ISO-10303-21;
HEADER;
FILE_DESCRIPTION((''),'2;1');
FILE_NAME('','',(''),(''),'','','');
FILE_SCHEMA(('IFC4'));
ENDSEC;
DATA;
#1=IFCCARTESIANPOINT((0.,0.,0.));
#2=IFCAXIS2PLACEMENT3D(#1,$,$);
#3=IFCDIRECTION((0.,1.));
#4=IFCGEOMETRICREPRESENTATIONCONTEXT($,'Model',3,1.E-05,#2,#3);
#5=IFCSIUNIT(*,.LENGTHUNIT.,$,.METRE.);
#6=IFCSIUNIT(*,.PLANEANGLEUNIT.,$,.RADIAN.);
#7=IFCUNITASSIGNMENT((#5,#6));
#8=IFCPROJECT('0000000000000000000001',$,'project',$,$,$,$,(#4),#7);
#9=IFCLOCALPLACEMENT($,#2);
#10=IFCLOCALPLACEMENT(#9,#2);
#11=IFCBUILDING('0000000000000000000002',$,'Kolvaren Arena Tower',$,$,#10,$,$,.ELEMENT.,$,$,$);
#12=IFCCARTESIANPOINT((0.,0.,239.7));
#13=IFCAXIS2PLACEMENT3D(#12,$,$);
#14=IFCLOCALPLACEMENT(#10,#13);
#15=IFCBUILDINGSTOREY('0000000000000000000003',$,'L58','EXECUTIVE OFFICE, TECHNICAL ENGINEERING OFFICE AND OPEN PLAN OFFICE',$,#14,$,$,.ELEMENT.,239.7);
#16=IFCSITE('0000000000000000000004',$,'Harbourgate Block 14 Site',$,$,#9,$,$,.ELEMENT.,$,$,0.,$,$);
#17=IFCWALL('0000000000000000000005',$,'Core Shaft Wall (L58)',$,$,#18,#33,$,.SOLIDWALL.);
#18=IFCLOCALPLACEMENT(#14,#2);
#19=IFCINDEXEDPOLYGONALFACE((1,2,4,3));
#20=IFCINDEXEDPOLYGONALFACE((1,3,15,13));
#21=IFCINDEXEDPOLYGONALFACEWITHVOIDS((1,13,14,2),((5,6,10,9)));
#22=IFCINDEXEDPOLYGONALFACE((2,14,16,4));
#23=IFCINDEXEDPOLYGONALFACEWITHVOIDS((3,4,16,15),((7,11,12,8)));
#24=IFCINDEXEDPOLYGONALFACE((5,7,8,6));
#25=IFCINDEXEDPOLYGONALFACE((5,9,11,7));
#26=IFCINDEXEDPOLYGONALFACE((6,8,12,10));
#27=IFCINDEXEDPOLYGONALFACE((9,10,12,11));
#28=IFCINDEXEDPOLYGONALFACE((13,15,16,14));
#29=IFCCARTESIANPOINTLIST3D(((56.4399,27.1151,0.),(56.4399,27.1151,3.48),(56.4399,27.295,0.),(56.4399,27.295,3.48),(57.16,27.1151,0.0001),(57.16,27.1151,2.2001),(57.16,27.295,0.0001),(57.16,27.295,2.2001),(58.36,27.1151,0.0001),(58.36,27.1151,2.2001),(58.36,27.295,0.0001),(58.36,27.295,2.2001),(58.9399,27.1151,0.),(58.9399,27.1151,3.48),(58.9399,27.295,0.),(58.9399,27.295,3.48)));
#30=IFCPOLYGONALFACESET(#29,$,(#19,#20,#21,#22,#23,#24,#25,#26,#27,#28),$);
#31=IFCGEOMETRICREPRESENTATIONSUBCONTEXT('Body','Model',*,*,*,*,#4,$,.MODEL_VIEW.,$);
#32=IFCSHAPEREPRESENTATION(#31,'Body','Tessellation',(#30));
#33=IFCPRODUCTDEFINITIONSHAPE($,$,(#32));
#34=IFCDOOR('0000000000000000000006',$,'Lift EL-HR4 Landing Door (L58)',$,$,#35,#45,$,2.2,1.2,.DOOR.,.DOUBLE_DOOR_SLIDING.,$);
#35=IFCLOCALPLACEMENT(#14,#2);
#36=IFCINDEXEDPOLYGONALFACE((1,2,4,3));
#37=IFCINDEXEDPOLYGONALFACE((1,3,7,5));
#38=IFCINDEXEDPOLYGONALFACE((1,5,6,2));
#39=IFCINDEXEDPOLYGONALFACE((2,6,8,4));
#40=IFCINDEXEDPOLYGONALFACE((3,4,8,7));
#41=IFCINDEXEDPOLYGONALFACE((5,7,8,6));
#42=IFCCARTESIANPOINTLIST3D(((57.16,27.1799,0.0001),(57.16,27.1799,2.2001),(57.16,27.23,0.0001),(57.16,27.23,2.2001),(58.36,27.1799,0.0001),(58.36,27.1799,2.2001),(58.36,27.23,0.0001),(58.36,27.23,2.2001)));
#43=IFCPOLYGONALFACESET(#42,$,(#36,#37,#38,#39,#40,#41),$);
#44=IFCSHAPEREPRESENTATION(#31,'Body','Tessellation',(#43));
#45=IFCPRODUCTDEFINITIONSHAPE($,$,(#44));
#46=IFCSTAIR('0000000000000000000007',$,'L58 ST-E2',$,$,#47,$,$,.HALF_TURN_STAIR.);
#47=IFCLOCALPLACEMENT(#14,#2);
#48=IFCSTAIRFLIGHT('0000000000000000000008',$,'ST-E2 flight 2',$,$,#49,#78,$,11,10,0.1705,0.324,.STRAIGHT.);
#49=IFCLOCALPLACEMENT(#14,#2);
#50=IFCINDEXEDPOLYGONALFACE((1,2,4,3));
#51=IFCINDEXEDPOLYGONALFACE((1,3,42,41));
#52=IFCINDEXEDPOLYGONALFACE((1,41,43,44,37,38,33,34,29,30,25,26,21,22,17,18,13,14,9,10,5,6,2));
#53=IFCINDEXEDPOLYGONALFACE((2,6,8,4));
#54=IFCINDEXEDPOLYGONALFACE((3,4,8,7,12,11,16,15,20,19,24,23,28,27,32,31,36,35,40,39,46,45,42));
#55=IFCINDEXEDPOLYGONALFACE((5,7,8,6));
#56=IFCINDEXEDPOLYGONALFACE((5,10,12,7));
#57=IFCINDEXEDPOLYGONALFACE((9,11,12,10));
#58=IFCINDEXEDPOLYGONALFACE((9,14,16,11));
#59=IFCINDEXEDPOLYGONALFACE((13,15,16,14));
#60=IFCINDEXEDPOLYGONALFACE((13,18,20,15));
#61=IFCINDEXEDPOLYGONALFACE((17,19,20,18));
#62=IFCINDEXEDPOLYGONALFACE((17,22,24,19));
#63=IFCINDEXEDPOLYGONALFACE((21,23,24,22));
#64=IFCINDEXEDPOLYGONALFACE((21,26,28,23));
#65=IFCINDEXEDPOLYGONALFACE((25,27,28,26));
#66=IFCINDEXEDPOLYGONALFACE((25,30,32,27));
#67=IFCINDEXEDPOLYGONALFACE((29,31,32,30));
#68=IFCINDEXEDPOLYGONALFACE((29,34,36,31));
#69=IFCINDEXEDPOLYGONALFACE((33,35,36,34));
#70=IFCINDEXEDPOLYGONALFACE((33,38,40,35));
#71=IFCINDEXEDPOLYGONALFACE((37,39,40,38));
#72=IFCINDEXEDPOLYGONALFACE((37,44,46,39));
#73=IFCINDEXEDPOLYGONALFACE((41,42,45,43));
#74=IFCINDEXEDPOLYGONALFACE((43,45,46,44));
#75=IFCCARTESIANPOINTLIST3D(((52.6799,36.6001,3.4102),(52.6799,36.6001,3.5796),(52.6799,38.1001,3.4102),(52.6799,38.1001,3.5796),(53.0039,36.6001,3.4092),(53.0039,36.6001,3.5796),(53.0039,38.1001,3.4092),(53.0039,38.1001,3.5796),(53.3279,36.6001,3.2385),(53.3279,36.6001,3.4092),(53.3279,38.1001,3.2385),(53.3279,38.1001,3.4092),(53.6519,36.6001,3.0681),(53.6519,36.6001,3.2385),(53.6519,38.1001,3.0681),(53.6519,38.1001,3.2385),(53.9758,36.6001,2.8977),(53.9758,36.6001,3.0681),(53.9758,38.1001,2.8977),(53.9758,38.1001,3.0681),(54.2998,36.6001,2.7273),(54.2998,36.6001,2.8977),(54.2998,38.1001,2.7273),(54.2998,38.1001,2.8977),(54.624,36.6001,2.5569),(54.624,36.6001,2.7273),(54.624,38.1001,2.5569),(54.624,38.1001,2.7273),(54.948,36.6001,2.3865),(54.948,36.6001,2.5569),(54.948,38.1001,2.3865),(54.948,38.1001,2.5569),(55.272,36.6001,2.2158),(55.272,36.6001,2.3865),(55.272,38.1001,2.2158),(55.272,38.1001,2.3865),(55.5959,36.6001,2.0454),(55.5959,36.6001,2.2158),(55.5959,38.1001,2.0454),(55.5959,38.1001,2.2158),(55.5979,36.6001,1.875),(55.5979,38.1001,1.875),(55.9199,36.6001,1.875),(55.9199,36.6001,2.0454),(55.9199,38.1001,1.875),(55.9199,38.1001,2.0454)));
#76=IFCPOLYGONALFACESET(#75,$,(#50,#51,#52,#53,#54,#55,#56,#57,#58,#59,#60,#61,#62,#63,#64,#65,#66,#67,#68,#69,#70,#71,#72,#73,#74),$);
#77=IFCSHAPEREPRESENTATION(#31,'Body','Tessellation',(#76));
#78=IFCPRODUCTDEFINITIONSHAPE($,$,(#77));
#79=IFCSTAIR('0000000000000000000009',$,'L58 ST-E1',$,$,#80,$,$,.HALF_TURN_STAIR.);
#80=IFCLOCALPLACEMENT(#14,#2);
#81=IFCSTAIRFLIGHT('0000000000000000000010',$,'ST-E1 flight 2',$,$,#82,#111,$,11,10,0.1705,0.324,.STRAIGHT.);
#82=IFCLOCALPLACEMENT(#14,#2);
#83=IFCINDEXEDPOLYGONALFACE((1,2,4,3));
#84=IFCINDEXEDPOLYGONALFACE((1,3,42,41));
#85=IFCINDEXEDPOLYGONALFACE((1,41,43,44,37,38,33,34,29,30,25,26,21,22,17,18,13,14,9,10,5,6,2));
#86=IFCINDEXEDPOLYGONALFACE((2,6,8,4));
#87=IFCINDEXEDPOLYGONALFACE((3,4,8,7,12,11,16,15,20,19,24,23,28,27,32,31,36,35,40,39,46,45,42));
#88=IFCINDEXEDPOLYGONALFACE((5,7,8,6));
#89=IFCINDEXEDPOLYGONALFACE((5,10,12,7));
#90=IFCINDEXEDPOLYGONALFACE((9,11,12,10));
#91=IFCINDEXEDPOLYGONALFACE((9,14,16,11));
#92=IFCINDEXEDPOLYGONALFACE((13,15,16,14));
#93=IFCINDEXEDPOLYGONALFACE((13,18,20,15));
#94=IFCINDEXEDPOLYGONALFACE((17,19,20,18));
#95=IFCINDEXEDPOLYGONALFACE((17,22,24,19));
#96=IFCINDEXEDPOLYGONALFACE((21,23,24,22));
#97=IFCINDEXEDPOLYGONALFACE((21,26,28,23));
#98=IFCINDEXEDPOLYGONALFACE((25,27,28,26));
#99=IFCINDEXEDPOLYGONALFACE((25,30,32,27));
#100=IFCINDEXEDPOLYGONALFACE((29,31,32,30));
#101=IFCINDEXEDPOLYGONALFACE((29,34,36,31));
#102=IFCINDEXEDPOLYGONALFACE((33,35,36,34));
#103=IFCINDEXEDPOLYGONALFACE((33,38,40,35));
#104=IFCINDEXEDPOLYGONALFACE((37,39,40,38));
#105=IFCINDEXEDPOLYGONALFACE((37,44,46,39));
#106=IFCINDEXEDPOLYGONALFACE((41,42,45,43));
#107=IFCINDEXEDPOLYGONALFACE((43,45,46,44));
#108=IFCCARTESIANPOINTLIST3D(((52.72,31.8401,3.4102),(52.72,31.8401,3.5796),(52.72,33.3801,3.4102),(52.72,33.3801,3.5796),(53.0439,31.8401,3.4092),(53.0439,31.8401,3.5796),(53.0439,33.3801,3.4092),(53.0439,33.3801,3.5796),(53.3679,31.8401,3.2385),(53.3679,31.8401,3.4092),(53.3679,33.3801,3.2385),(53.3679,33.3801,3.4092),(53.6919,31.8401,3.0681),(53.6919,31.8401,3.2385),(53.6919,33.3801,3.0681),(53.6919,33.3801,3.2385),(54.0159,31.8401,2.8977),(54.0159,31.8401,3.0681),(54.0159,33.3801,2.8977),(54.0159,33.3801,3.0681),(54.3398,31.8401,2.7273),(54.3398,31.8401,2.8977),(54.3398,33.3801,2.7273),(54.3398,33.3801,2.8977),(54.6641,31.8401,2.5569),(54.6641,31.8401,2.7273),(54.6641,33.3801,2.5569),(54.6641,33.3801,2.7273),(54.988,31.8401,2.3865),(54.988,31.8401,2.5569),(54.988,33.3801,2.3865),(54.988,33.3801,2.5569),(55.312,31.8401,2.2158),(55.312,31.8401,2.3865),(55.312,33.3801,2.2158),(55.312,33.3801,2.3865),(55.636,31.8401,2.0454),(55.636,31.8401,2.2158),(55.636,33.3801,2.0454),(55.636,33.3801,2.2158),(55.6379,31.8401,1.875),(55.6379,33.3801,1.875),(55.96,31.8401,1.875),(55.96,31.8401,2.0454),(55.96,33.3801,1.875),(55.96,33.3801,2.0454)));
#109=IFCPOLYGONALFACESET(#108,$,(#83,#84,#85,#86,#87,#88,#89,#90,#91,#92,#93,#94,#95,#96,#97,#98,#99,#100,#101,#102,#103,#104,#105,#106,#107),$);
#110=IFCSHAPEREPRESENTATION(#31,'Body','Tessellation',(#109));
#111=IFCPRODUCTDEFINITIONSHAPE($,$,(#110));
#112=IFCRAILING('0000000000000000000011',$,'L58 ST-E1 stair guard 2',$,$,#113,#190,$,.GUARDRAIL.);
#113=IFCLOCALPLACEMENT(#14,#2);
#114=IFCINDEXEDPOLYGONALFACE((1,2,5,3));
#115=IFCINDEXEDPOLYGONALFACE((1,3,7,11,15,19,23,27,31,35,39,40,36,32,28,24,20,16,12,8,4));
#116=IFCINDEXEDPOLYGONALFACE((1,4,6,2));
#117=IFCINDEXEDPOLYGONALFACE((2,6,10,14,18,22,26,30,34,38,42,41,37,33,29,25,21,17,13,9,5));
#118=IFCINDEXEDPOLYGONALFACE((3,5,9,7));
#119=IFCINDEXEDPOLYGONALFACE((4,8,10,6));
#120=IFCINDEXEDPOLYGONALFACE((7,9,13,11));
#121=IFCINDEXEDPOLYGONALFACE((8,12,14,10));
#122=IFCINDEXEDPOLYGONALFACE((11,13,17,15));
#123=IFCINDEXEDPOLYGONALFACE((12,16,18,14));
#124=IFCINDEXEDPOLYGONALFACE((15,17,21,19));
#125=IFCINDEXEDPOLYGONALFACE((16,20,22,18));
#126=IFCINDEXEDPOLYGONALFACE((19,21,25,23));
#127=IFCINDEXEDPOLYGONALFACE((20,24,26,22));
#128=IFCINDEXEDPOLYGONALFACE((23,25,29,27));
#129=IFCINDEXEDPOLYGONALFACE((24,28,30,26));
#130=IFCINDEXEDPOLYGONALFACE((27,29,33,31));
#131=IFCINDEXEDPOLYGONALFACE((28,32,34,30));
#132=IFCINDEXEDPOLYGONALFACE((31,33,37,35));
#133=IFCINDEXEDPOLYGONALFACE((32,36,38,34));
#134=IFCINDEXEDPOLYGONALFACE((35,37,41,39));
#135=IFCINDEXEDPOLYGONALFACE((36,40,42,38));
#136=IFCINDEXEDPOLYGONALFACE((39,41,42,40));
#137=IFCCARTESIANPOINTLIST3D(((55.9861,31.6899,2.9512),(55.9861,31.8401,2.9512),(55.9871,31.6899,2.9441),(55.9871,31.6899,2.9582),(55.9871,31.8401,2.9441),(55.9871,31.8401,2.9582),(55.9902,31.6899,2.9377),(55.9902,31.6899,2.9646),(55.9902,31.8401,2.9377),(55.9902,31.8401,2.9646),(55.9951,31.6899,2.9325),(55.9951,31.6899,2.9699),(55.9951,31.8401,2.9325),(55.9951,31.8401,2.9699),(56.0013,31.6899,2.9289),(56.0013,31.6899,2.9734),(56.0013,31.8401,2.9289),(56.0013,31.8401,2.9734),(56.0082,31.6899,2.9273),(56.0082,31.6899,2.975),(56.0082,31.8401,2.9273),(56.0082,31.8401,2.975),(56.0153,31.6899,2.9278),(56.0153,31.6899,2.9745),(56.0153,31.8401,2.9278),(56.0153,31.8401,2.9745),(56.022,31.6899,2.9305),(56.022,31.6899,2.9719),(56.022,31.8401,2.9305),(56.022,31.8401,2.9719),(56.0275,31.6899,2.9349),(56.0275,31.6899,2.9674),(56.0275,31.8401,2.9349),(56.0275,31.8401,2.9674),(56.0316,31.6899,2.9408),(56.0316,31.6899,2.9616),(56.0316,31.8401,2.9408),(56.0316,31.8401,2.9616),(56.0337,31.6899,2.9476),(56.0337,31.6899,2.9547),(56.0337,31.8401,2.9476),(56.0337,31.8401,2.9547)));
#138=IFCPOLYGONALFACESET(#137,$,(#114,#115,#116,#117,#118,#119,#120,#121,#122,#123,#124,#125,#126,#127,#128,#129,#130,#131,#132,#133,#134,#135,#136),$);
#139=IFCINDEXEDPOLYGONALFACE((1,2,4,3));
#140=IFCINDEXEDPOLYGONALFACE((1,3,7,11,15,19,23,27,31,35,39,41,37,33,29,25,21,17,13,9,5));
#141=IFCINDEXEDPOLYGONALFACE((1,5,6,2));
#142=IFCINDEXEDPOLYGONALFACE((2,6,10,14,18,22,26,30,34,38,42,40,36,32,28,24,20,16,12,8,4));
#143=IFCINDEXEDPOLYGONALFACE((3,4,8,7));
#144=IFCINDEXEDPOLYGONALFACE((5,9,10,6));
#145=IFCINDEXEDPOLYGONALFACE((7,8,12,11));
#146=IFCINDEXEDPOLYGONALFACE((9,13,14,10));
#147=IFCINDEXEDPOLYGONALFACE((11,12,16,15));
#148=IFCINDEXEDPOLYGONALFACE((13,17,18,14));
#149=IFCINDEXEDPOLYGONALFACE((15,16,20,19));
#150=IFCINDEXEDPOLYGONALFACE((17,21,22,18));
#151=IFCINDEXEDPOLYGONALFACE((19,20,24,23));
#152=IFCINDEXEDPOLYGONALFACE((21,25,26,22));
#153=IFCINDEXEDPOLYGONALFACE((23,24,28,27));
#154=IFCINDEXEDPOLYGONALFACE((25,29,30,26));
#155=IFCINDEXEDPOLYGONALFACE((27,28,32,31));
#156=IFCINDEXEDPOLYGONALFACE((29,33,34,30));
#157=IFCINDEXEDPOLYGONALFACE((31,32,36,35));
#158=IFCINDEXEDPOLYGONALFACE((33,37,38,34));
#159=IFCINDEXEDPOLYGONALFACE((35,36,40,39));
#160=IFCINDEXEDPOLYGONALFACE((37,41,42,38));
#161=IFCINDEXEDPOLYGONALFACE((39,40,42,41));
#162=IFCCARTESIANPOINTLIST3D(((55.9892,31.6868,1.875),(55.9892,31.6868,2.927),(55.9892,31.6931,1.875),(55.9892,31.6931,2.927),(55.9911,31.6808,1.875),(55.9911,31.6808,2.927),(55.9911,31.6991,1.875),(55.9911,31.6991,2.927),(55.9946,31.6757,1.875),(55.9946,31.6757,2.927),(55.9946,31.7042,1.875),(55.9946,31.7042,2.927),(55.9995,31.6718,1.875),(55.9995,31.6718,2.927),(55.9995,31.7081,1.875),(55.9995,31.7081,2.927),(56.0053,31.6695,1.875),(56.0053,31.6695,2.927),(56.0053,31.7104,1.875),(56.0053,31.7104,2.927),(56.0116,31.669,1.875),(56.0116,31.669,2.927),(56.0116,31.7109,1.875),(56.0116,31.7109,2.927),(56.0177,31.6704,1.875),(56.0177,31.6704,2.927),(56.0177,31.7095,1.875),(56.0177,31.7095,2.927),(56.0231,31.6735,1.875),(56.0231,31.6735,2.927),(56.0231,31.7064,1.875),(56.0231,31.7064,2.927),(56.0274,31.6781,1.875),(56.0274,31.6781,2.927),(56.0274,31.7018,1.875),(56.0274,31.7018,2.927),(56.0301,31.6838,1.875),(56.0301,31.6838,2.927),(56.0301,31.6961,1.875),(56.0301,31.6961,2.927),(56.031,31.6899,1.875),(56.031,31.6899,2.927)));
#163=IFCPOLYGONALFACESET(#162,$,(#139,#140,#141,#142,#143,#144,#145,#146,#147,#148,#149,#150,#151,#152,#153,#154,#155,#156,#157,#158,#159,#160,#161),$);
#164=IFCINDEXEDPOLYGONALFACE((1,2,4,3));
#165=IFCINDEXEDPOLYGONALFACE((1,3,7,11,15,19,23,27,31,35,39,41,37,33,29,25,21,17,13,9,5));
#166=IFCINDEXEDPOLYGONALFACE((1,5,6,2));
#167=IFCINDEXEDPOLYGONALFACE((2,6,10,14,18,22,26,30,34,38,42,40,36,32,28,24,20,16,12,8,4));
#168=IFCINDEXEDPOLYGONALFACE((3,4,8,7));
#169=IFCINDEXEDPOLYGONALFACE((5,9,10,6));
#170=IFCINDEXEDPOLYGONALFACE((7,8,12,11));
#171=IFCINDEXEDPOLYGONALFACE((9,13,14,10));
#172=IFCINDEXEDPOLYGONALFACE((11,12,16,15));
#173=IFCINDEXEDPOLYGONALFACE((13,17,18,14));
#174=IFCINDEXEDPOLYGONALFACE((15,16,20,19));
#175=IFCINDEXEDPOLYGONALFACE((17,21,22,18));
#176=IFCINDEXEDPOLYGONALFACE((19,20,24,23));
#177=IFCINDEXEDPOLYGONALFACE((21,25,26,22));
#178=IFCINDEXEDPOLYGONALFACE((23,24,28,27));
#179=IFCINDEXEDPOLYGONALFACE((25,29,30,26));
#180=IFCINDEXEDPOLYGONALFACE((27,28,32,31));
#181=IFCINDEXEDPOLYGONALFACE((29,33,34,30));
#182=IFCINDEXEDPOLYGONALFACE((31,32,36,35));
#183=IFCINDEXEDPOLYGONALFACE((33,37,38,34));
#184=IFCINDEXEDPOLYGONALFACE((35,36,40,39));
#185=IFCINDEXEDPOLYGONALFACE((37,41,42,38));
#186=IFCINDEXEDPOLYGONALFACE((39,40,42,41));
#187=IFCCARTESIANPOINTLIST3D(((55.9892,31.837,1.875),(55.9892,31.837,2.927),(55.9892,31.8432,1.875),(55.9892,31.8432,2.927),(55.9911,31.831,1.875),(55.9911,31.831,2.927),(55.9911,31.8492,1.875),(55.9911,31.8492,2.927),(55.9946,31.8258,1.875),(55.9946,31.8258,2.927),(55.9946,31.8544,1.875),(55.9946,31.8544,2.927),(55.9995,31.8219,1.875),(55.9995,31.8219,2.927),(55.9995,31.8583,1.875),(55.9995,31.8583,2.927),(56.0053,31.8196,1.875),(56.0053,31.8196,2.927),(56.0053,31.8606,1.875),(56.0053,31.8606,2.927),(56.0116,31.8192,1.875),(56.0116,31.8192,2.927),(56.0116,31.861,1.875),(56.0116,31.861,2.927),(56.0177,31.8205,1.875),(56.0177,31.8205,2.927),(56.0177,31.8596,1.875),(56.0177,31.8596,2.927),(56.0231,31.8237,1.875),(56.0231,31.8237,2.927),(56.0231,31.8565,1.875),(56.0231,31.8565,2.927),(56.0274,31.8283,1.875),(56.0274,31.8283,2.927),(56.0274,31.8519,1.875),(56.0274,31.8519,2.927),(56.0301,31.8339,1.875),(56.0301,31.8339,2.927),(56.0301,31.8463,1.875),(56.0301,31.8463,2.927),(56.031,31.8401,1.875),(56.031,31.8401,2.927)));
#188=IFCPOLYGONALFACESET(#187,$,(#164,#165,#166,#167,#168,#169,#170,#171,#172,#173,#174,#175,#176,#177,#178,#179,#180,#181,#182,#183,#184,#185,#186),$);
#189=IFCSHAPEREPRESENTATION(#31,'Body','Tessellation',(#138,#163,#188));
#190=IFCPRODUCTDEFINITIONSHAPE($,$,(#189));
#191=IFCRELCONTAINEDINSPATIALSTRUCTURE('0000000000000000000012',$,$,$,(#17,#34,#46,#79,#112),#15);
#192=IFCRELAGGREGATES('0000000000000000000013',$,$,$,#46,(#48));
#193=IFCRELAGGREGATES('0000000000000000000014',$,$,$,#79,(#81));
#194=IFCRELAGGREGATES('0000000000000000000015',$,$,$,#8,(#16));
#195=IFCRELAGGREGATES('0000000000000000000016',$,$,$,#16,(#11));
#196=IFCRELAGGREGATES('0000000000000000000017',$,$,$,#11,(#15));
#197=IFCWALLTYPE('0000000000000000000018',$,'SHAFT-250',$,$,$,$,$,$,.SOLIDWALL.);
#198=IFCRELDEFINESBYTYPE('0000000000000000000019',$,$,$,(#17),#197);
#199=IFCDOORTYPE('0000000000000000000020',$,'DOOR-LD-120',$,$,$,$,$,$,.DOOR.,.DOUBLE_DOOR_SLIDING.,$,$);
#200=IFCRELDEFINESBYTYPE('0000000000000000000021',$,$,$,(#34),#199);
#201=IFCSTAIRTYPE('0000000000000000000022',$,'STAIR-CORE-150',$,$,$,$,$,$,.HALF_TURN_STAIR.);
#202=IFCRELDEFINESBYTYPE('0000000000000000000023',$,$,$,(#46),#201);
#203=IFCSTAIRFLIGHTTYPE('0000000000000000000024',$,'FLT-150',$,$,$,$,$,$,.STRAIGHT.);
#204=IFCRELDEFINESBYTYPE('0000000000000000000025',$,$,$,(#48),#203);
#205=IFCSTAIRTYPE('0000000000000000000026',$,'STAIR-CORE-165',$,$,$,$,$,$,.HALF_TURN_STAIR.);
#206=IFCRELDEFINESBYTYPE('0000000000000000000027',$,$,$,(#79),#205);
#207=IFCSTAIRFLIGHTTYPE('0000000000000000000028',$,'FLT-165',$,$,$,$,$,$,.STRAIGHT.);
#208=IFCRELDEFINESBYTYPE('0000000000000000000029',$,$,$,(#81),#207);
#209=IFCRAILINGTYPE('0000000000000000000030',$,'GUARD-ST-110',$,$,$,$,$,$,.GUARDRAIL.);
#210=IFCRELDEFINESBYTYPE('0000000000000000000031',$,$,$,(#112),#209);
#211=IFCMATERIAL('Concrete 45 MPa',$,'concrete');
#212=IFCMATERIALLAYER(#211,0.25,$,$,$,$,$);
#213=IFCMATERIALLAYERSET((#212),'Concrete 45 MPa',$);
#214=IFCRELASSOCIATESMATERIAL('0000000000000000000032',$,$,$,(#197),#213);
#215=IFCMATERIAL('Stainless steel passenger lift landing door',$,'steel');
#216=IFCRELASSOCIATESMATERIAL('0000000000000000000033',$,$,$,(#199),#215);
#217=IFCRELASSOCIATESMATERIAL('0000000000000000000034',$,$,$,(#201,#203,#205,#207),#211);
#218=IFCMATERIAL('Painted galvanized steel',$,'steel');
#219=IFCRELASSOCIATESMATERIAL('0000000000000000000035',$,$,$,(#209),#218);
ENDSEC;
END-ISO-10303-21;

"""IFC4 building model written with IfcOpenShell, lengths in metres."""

from ifc_helpers import new_model, si_unit, direction, frame, frame_2d, origin, origin_2d, place, context, subcontext, project, spatial, polyline, rectangle, circle, outline, extrude, material, layer, layer_set, type_object, element, fill, aggregate, save


model = new_model("IFC4")

# Units and contexts
model_context = context("Model", 3, precision=1e-05, world=origin(), true_north=direction((0.0, 1.0)))
body_context = subcontext(model_context, "Body", "Model", "MODEL_VIEW")
ifc_project = project(units=[si_unit("LENGTHUNIT", "METRE"), si_unit("PLANEANGLEUNIT", "RADIAN")], contexts=[model_context])

# Site, building, storey
site_placement = place(None, origin())
site = spatial("IfcSite", under=ifc_project, at=site_placement, Name="Harbourgate Block 14 Site", CompositionType="ELEMENT", RefElevation=0.0)
building_placement = place(site_placement, origin())
building = spatial("IfcBuilding", under=site, at=building_placement, Name="Kolvaren Arena Tower", CompositionType="ELEMENT")
storey_placement = place(building_placement, frame((0.0, 0.0, 239.7)))
storey = spatial("IfcBuildingStorey", under=building, at=storey_placement, Name="L58", Description="EXECUTIVE OFFICE, TECHNICAL ENGINEERING OFFICE AND OPEN PLAN OFFICE", CompositionType="ELEMENT", Elevation=239.7)

# Shared definitions
ifc_material_1 = material(Name="Concrete 45 MPa", Category="concrete")
ifc_layer = layer(ifc_material_1, 0.25)
ifc_layer_set = layer_set([ifc_layer], Name="Concrete 45 MPa")
wall_type = type_object("IfcWallType", Name="SHAFT-250", PredefinedType="SOLIDWALL", material=ifc_layer_set)

# Wall, opening, door
wall_1_placement = place(storey_placement, frame((56.4399, 27.2051, 0.0), z_axis=(0.0, 0.0, 1.0), x_axis=(1.0, 0.0, 0.0)))
wall_1 = element("IfcWall", 1, at=wall_1_placement, inside=storey, type_object=wall_type, Name="Core Shaft Wall (L58)", PredefinedType="SOLIDWALL", context=body_context, shape_type="SweptSolid", body=[
    extrude(rectangle(XDim=2.5, YDim=0.1799, at=frame_2d((1.25, 0.0))), origin(), (0.0, 0.0, 1.0), 3.48),
])
opening_1_placement = place(wall_1_placement, frame((0.72, 0.0, 0.0)))
opening_1 = element("IfcOpeningElement", 2, at=opening_1_placement, cuts=wall_1, PredefinedType="OPENING", context=body_context, shape_type="SweptSolid", body=[
    extrude(rectangle(XDim=1.2, YDim=2.2, at=frame_2d((0.6001, 1.1001))), frame((0.0, 0.0999, 0.0), z_axis=(0.0, -1.0, 0.0), x_axis=(1.0, 0.0, 0.0)), (0.0, 0.0, 1.0), 0.2),
])
ifc_material_2 = material(Name="Stainless steel passenger lift landing door", Category="steel")
door_type_1 = type_object("IfcDoorType", Name="DOOR-LD-120", OperationType="DOUBLE_DOOR_SLIDING", PredefinedType="DOOR", material=ifc_material_2)
door_1_placement = place(opening_1_placement, origin())
door_1 = element("IfcDoor", 3, at=door_1_placement, inside=storey, type_object=door_type_1, Name="Lift EL-HR4 Landing Door (L58)", OperationType="DOUBLE_DOOR_SLIDING", OverallHeight=2.2, OverallWidth=1.2, PredefinedType="DOOR", context=body_context, shape_type="SweptSolid", body=[
    extrude(rectangle(XDim=1.2, YDim=2.2, at=frame_2d((0.6001, 1.1001))), frame((0.0, 0.0249, 0.0), z_axis=(0.0, -1.0, 0.0), x_axis=(1.0, 0.0, 0.0)), (0.0, 0.0, 1.0), 0.05),
])
fill(opening_1, door_1)

# Stairs, stair flights
stair_type_1 = type_object("IfcStairType", Name="STAIR-CORE-150", PredefinedType="HALF_TURN_STAIR", material=ifc_material_1)
stair_1_placement = place(storey_placement, origin())
stair_1 = element("IfcStair", 4, at=stair_1_placement, inside=storey, type_object=stair_type_1, Name="L58 ST-E2", PredefinedType="HALF_TURN_STAIR")
stair_flight_type_1 = type_object("IfcStairFlightType", Name="FLT-150", PredefinedType="STRAIGHT", material=ifc_material_1)
stair_flight_1_placement = place(storey_placement, frame((55.9199, 37.3501, 1.875), z_axis=(0.0, 0.0, 1.0), x_axis=(-1.0, 0.0, 0.0)))
stair_flight_1 = element("IfcStairFlight", 5, at=stair_flight_1_placement, type_object=stair_flight_type_1, Name="ST-E2 flight 2", NumberOfRisers=11, NumberOfTreads=10, PredefinedType="STRAIGHT", RiserHeight=0.1705, TreadLength=0.324, context=body_context, shape_type="SweptSolid", body=[
    extrude(outline(polyline([(0.0, 0.0), (0.0, 0.1704), (0.324, 0.1704), (0.324, 0.3408), (0.6479, 0.3408), (0.6479, 0.5115), (0.9719, 0.5115), (0.9719, 0.6819), (1.2959, 0.6819), (1.2959, 0.8523), (1.6201, 0.8523), (1.6201, 1.0227), (1.9441, 1.0227), (1.9441, 1.1931), (2.2681, 1.1931), (2.2681, 1.3635), (2.592, 1.3635), (2.592, 1.5342), (2.916, 1.5342), (2.916, 1.7046), (3.24, 1.7046), (3.24, 1.875), (3.24, 1.5352), (0.322, 0.0), (0.0, 0.0)])), frame((0.0, 0.75, 0.0), z_axis=(0.0, -1.0, 0.0), x_axis=(1.0, 0.0, 0.0)), (0.0, 0.0, 1.0), 1.5),
])
aggregate(stair_1, [stair_flight_1])
stair_type_2 = type_object("IfcStairType", Name="STAIR-CORE-165", PredefinedType="HALF_TURN_STAIR", material=ifc_material_1)
stair_2_placement = place(storey_placement, origin())
stair_2 = element("IfcStair", 6, at=stair_2_placement, inside=storey, type_object=stair_type_2, Name="L58 ST-E1", PredefinedType="HALF_TURN_STAIR")
stair_flight_type_2 = type_object("IfcStairFlightType", Name="FLT-165", PredefinedType="STRAIGHT", material=ifc_material_1)
stair_flight_2_placement = place(storey_placement, frame((55.96, 32.6101, 1.875), z_axis=(0.0, 0.0, 1.0), x_axis=(-1.0, 0.0, 0.0)))
stair_flight_2 = element("IfcStairFlight", 7, at=stair_flight_2_placement, type_object=stair_flight_type_2, Name="ST-E1 flight 2", NumberOfRisers=11, NumberOfTreads=10, PredefinedType="STRAIGHT", RiserHeight=0.1705, TreadLength=0.324, context=body_context, shape_type="SweptSolid", body=[
    extrude(outline(polyline([(0.0, 0.0), (0.0, 0.1704), (0.324, 0.1704), (0.324, 0.3408), (0.6479, 0.3408), (0.6479, 0.5115), (0.9719, 0.5115), (0.9719, 0.6819), (1.2959, 0.6819), (1.2959, 0.8523), (1.6201, 0.8523), (1.6201, 1.0227), (1.9441, 1.0227), (1.9441, 1.1931), (2.2681, 1.1931), (2.2681, 1.3635), (2.592, 1.3635), (2.592, 1.5342), (2.916, 1.5342), (2.916, 1.7046), (3.24, 1.7046), (3.24, 1.875), (3.24, 1.5352), (0.322, 0.0), (0.0, 0.0)])), frame((0.0, 0.77, 0.0), z_axis=(0.0, -1.0, 0.0), x_axis=(1.0, 0.0, 0.0)), (0.0, 0.0, 1.0), 1.54),
])
aggregate(stair_2, [stair_flight_2])

# Railing
ifc_material_3 = material(Name="Painted galvanized steel", Category="steel")
railing_type_1 = type_object("IfcRailingType", Name="GUARD-ST-110", PredefinedType="GUARDRAIL", material=ifc_material_3)
railing_1_placement = place(storey_placement, frame((56.01, 31.6899, 1.875)))
element("IfcRailing", 8, at=railing_1_placement, inside=storey, type_object=railing_type_1, Name="L58 ST-E1 stair guard 2", PredefinedType="GUARDRAIL", context=body_context, shape_type="SweptSolid", body=[
    extrude(circle(Radius=0.0239, at=origin_2d()), frame((0.0, 0.0, 1.0762), z_axis=(0.0, 1.0, 0.0), x_axis=(-1.0, 0.0, 0.0)), (0.0, 0.0, 1.0), 0.1501),
    extrude(circle(Radius=0.021, at=origin_2d()), origin(), (0.0, 0.0, 1.0), 1.052),
    extrude(circle(Radius=0.021, at=origin_2d()), frame((0.0, 0.1501, 0.0)), (0.0, 0.0, 1.0), 1.052),
])

save(model, "model.ifc")
